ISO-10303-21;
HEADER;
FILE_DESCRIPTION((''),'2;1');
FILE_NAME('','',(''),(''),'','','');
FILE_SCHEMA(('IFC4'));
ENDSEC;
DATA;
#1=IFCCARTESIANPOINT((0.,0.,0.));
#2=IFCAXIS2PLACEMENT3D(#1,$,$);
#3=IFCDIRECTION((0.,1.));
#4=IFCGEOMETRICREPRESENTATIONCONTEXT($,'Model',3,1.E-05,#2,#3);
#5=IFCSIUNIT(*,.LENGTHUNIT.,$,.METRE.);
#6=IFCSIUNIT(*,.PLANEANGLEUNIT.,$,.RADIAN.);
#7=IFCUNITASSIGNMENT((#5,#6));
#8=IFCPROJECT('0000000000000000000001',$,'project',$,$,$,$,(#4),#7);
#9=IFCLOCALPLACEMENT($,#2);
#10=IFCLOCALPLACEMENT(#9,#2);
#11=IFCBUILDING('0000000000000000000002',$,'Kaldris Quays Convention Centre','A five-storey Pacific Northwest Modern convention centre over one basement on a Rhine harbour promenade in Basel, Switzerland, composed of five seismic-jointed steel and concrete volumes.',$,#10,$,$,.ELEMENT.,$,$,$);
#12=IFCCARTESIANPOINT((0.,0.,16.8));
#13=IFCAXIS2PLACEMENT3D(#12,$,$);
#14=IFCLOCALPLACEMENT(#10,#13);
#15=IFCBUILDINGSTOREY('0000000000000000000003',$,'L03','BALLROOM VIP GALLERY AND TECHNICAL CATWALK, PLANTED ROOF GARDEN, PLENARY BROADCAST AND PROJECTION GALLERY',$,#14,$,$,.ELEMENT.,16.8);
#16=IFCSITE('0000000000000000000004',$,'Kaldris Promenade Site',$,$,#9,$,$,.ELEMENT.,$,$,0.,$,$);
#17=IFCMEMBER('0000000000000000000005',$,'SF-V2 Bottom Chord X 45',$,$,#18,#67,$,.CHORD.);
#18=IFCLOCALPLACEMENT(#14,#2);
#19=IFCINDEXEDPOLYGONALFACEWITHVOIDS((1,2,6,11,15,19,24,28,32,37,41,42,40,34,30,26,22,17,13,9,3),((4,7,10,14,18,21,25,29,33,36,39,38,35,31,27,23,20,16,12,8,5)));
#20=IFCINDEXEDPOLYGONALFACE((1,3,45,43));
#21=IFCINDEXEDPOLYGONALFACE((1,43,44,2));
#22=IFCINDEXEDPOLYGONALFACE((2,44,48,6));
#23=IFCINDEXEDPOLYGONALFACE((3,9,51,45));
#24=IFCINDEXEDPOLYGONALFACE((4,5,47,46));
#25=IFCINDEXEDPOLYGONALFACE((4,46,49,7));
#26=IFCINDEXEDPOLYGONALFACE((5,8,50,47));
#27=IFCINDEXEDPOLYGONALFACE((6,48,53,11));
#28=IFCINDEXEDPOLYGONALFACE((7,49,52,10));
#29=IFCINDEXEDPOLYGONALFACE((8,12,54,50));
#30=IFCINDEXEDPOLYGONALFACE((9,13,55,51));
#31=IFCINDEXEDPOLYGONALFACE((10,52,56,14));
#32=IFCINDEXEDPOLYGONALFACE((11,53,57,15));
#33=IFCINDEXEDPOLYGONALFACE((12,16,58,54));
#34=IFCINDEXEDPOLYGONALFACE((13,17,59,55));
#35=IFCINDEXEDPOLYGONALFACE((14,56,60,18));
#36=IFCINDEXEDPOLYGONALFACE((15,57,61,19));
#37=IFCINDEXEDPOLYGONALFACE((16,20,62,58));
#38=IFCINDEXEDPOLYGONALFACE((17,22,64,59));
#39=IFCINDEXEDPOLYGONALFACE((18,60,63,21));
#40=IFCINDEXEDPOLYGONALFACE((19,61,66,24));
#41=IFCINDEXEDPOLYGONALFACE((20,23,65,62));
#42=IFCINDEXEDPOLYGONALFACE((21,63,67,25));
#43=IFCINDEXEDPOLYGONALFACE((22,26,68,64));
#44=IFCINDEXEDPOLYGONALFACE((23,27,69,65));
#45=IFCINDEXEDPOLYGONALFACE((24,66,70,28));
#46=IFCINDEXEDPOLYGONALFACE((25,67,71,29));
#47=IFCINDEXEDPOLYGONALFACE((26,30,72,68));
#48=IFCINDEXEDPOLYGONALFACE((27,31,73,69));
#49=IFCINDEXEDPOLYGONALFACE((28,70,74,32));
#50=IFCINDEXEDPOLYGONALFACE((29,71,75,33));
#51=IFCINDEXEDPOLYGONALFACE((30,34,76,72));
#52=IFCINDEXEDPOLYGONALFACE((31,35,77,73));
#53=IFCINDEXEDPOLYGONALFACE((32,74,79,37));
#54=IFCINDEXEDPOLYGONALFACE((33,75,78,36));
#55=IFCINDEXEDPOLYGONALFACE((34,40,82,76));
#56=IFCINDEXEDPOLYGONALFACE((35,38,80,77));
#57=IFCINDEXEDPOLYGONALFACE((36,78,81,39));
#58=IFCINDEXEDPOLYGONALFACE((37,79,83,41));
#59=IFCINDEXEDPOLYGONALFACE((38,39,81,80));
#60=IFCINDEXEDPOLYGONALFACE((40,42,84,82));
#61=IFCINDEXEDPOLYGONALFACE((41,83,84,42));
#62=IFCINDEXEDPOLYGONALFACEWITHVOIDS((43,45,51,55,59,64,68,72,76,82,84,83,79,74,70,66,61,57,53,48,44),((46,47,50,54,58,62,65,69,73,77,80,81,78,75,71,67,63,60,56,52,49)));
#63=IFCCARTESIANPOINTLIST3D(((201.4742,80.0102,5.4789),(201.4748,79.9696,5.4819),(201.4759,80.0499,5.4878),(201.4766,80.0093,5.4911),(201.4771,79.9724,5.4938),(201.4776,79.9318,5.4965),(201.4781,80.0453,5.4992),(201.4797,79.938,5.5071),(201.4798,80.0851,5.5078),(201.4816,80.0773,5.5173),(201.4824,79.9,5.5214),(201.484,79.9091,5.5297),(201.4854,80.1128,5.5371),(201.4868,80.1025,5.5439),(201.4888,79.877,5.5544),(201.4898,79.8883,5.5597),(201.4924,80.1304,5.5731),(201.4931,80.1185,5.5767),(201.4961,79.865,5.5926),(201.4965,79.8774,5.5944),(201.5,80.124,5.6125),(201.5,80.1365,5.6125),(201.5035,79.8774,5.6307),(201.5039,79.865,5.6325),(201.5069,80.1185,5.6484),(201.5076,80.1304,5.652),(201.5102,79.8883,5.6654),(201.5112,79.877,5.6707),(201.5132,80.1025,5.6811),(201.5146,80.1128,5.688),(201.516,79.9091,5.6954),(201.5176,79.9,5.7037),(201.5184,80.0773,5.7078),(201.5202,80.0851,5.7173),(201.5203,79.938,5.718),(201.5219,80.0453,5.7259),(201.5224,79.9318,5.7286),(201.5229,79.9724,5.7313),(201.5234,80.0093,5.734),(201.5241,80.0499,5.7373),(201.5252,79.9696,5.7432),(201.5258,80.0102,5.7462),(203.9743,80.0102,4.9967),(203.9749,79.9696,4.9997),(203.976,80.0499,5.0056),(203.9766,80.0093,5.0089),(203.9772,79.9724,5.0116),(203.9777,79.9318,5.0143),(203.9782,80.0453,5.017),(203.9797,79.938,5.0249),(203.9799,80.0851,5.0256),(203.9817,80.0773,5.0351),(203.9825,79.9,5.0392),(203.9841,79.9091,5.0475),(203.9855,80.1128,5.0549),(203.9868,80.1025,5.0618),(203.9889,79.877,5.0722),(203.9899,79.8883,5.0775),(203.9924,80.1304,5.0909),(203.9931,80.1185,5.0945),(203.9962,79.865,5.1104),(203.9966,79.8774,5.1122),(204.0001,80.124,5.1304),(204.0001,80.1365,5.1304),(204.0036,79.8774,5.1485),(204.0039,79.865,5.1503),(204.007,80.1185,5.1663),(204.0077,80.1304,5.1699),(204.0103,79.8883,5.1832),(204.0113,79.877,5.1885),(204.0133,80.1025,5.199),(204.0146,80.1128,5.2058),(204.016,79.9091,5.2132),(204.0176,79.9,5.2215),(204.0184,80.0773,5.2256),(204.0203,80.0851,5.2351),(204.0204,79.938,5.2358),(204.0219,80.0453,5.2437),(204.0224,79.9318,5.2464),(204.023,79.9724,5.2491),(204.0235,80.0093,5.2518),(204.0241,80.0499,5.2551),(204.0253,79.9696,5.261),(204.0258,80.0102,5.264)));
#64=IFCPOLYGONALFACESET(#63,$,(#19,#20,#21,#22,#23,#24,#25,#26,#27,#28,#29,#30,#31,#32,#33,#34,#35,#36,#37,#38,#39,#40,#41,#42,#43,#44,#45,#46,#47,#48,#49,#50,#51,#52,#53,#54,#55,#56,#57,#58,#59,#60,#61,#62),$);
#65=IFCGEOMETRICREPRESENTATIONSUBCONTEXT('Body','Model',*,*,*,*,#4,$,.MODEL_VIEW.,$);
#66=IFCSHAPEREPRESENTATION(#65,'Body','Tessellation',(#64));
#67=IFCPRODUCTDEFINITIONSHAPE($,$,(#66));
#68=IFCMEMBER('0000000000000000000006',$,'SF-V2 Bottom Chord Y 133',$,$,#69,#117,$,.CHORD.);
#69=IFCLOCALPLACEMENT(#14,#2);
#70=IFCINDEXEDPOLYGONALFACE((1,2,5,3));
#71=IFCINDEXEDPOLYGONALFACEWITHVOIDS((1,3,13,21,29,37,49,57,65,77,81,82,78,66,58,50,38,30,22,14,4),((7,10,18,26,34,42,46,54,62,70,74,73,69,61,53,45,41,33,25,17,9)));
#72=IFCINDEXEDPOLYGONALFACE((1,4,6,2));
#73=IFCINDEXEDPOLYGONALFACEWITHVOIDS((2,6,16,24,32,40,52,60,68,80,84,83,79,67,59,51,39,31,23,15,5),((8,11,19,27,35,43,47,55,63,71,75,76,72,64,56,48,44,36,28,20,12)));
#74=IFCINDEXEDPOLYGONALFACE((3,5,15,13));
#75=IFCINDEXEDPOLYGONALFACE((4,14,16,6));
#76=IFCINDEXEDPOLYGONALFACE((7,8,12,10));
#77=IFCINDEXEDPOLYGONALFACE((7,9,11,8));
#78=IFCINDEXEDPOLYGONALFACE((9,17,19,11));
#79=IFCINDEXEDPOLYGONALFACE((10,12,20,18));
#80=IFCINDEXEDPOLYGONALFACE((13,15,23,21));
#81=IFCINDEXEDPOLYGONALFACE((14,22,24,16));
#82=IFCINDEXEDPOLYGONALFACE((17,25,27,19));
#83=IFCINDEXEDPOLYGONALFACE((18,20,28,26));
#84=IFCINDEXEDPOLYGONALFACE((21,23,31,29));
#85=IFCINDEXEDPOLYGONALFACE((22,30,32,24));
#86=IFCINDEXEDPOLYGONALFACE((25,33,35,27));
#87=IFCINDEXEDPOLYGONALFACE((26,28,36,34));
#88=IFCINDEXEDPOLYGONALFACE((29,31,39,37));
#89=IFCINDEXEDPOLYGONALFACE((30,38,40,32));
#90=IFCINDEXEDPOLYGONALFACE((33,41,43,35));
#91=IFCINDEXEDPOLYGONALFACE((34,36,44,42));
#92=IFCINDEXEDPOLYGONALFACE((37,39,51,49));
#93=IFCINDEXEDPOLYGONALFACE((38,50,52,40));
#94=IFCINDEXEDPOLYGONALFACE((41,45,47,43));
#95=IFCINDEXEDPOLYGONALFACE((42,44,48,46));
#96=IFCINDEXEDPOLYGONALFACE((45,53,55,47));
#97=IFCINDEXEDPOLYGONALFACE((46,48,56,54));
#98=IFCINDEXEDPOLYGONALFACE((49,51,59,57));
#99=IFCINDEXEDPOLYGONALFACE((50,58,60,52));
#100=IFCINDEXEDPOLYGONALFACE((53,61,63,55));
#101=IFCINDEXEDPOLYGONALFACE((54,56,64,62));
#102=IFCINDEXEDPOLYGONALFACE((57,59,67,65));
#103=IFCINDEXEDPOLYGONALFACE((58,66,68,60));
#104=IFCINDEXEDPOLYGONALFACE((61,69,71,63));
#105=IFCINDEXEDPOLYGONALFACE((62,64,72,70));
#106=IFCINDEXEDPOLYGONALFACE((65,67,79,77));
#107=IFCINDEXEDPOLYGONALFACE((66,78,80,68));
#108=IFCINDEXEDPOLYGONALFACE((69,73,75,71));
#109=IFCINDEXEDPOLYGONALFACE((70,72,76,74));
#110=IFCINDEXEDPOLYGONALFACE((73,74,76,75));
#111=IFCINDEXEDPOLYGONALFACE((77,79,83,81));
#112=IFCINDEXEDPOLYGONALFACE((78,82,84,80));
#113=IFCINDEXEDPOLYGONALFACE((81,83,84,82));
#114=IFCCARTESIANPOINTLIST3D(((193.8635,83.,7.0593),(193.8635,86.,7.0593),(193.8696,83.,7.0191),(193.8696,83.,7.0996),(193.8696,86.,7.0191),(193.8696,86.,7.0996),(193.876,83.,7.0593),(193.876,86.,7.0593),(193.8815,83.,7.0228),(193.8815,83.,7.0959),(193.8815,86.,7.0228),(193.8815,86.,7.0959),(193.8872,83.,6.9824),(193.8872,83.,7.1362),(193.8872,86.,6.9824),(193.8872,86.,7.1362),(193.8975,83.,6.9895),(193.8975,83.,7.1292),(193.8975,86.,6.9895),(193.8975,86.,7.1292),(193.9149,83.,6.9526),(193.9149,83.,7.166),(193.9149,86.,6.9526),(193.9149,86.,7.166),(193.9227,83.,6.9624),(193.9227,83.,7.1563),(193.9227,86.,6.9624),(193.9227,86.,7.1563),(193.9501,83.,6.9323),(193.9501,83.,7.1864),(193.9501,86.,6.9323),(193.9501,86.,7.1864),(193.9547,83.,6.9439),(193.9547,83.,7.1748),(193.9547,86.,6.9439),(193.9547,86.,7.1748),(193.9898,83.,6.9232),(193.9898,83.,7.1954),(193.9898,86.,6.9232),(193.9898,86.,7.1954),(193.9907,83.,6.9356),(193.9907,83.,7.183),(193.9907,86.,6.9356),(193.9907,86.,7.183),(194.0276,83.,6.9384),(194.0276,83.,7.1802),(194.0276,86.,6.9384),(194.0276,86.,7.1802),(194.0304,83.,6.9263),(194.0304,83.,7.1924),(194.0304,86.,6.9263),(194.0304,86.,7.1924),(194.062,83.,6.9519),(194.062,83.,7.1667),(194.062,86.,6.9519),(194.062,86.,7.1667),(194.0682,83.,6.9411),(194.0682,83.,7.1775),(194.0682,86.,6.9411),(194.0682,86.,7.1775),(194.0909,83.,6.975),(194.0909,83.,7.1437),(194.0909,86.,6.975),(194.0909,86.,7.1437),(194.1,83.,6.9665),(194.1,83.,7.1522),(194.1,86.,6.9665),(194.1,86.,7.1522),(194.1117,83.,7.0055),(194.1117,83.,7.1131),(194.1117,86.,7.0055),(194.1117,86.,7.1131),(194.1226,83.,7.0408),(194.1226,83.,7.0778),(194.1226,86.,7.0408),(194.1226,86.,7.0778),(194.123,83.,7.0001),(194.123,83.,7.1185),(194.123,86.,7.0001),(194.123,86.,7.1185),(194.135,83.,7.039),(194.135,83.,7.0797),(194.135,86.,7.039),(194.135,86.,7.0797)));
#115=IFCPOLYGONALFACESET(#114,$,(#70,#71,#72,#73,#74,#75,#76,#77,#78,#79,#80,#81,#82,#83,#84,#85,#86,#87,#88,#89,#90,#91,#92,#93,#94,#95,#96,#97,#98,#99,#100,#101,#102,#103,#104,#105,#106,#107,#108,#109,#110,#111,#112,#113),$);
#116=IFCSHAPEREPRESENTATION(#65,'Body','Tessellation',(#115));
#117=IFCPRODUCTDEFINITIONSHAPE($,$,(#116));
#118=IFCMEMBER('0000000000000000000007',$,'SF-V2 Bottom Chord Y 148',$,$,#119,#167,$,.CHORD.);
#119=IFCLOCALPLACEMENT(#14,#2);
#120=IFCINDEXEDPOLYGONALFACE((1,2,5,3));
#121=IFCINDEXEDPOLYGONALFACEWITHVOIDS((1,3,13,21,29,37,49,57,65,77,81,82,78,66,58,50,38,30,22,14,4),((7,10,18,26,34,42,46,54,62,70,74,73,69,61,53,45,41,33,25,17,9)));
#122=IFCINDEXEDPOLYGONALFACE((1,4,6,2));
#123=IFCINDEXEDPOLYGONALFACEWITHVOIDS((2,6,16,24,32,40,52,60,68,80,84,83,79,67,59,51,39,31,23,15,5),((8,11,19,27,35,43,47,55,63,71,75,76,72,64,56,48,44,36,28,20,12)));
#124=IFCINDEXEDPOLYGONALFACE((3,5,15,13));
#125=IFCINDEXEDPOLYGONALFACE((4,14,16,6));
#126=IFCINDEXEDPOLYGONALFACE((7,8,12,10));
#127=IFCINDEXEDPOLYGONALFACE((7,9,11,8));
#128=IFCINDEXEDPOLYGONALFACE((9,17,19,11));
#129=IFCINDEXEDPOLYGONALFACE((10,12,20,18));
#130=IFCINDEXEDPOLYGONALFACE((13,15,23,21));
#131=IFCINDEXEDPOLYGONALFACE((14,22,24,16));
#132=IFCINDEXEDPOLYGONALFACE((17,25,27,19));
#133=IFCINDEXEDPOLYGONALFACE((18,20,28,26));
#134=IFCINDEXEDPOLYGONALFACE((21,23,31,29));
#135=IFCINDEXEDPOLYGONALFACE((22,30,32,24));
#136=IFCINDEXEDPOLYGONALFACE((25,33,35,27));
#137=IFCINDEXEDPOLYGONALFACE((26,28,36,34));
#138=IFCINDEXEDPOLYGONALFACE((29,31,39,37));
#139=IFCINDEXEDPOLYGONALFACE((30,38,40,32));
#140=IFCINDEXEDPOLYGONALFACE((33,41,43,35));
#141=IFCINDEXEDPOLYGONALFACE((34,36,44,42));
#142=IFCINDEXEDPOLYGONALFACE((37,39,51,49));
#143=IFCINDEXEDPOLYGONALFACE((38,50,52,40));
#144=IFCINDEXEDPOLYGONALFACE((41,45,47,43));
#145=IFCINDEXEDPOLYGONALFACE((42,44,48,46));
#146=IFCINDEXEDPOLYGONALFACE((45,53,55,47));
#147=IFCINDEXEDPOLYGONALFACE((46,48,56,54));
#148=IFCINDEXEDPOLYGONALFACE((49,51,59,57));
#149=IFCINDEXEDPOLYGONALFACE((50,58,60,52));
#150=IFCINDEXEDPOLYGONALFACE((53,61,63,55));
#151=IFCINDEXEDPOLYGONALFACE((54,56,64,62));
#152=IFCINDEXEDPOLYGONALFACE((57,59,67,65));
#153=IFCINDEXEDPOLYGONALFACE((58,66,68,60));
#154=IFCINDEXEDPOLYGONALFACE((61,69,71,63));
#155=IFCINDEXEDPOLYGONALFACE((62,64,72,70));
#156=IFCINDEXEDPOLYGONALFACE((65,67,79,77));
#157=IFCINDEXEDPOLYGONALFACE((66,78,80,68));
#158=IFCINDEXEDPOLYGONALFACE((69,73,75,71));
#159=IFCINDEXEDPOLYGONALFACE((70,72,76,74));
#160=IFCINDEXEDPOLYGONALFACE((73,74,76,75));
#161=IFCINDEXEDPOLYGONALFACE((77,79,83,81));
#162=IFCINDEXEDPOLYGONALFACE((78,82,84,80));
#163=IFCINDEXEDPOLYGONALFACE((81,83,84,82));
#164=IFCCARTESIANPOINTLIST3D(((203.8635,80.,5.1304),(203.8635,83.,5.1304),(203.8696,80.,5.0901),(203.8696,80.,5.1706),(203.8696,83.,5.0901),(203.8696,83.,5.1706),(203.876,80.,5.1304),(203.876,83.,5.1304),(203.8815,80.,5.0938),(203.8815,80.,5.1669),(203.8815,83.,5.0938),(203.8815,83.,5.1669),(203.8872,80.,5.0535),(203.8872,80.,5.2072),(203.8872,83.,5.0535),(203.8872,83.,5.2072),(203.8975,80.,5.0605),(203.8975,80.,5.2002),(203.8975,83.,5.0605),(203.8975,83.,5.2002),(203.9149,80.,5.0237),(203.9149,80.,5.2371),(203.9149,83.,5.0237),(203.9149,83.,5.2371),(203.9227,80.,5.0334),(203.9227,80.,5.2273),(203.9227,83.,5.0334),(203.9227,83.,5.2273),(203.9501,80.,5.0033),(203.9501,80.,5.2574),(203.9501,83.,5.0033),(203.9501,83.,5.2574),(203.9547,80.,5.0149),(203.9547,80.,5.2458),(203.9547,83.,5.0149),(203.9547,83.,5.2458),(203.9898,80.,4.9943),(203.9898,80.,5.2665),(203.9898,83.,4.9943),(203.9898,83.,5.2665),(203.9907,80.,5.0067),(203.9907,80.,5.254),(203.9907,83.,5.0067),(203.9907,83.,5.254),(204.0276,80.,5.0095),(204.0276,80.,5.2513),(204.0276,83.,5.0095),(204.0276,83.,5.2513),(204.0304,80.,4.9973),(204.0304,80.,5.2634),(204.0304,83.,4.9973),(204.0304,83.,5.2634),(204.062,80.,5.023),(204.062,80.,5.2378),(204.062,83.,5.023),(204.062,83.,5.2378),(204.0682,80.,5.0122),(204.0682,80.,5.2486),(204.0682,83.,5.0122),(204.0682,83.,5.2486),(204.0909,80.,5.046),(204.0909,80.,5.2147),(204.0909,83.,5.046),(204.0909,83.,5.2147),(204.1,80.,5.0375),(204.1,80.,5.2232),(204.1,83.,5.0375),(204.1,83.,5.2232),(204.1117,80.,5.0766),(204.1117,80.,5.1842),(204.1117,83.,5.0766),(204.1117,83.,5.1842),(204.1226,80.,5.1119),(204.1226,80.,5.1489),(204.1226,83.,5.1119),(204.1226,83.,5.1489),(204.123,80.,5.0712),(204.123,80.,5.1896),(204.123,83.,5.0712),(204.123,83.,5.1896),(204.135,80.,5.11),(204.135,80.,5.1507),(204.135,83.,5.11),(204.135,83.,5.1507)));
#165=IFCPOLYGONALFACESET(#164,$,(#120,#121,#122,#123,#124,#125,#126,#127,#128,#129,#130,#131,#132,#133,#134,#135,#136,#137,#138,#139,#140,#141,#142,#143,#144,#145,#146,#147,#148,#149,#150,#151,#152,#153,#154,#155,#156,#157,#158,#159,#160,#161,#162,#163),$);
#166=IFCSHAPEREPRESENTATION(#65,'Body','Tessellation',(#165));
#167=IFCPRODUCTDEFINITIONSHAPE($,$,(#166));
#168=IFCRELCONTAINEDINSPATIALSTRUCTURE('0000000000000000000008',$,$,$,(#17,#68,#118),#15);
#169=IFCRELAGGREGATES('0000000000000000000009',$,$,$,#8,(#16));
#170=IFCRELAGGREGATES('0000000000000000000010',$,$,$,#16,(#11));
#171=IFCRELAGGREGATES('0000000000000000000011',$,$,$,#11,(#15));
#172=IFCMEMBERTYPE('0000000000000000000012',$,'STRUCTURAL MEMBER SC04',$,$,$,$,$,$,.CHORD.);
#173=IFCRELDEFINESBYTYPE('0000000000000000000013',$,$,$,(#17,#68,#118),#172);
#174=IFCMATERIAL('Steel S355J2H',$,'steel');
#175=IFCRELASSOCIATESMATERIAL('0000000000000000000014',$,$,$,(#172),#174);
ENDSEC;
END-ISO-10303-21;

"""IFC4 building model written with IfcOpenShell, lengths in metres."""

from ifc_helpers import new_model, si_unit, direction, frame, origin, origin_2d, place, context, subcontext, project, spatial, hollow_circle, extrude, material, material_profile, profile_set, type_object, element, save


model = new_model("IFC4")

# Units and contexts
model_context = context("Model", 3, precision=1e-05, world=origin(), true_north=direction((0.0, 1.0)))
body_context = subcontext(model_context, "Body", "Model", "MODEL_VIEW")
ifc_project = project(units=[si_unit("LENGTHUNIT", "METRE"), si_unit("PLANEANGLEUNIT", "RADIAN")], contexts=[model_context])

# Site, building, storey
site_placement = place(None, origin())
site = spatial("IfcSite", under=ifc_project, at=site_placement, Name="Kaldris Promenade Site", CompositionType="ELEMENT", RefElevation=0.0)
building_placement = place(site_placement, origin())
building = spatial("IfcBuilding", under=site, at=building_placement, Name="Kaldris Quays Convention Centre", Description="A five-storey Pacific Northwest Modern convention centre over one basement on a Rhine harbour promenade in Basel, Switzerland, composed of five seismic-jointed steel and concrete volumes.", CompositionType="ELEMENT")
storey_placement = place(building_placement, frame((0.0, 0.0, 16.8)))
storey = spatial("IfcBuildingStorey", under=building, at=storey_placement, Name="L03", Description="BALLROOM VIP GALLERY AND TECHNICAL CATWALK, PLANTED ROOF GARDEN, PLENARY BROADCAST AND PROJECTION GALLERY", CompositionType="ELEMENT", Elevation=16.8)

# Members
ifc_material_1 = material(Name="Steel S355J2H", Category="steel")
ifc_material_profile_1 = material_profile(ifc_material_1, hollow_circle(Radius=0.1365, WallThickness=0.0125, at=origin_2d()), Name="CHS 273x12.5")
ifc_profile_set_1 = profile_set([ifc_material_profile_1], Name="Steel S355J2H")
member_type_1 = type_object("IfcMemberType", Name="STRUCTURAL MEMBER SC04", PredefinedType="CHORD", material=ifc_profile_set_1)
for number, where, z_axis, x_axis, name in (
    (1, (201.5, 80.0, 5.6125), (0.981904, 0.0, -0.189381), (0.0, 1.0, 0.0), "SF-V2 Bottom Chord X 45"),
):
    element("IfcMember", number, at=place(storey_placement, frame(where, z_axis=z_axis, x_axis=x_axis)), inside=storey, type_object=member_type_1, Name=name, PredefinedType="CHORD", context=body_context, shape_type="SweptSolid", body=[
        extrude(hollow_circle(Radius=0.1365, WallThickness=0.0125, at=origin_2d()), origin(), (0.0, 0.0, 1.0), 2.5461),
    ])
for number, where, z_axis, x_axis, name in (
    (2, (194.0, 83.0, 7.0593), (0.0, 1.0, 0.0), (-1.0, 0.0, 0.0), "SF-V2 Bottom Chord Y 133"),
    (3, (204.0, 80.0, 5.1304), (0.0, 1.0, 0.0), (-1.0, 0.0, 0.0), "SF-V2 Bottom Chord Y 148"),
):
    element("IfcMember", number, at=place(storey_placement, frame(where, z_axis=z_axis, x_axis=x_axis)), inside=storey, type_object=member_type_1, Name=name, PredefinedType="CHORD", context=body_context, shape_type="SweptSolid", body=[
        extrude(hollow_circle(Radius=0.1365, WallThickness=0.0125, at=origin_2d()), origin(), (0.0, 0.0, 1.0), 3.0),
    ])

save(model, "model.ifc")
